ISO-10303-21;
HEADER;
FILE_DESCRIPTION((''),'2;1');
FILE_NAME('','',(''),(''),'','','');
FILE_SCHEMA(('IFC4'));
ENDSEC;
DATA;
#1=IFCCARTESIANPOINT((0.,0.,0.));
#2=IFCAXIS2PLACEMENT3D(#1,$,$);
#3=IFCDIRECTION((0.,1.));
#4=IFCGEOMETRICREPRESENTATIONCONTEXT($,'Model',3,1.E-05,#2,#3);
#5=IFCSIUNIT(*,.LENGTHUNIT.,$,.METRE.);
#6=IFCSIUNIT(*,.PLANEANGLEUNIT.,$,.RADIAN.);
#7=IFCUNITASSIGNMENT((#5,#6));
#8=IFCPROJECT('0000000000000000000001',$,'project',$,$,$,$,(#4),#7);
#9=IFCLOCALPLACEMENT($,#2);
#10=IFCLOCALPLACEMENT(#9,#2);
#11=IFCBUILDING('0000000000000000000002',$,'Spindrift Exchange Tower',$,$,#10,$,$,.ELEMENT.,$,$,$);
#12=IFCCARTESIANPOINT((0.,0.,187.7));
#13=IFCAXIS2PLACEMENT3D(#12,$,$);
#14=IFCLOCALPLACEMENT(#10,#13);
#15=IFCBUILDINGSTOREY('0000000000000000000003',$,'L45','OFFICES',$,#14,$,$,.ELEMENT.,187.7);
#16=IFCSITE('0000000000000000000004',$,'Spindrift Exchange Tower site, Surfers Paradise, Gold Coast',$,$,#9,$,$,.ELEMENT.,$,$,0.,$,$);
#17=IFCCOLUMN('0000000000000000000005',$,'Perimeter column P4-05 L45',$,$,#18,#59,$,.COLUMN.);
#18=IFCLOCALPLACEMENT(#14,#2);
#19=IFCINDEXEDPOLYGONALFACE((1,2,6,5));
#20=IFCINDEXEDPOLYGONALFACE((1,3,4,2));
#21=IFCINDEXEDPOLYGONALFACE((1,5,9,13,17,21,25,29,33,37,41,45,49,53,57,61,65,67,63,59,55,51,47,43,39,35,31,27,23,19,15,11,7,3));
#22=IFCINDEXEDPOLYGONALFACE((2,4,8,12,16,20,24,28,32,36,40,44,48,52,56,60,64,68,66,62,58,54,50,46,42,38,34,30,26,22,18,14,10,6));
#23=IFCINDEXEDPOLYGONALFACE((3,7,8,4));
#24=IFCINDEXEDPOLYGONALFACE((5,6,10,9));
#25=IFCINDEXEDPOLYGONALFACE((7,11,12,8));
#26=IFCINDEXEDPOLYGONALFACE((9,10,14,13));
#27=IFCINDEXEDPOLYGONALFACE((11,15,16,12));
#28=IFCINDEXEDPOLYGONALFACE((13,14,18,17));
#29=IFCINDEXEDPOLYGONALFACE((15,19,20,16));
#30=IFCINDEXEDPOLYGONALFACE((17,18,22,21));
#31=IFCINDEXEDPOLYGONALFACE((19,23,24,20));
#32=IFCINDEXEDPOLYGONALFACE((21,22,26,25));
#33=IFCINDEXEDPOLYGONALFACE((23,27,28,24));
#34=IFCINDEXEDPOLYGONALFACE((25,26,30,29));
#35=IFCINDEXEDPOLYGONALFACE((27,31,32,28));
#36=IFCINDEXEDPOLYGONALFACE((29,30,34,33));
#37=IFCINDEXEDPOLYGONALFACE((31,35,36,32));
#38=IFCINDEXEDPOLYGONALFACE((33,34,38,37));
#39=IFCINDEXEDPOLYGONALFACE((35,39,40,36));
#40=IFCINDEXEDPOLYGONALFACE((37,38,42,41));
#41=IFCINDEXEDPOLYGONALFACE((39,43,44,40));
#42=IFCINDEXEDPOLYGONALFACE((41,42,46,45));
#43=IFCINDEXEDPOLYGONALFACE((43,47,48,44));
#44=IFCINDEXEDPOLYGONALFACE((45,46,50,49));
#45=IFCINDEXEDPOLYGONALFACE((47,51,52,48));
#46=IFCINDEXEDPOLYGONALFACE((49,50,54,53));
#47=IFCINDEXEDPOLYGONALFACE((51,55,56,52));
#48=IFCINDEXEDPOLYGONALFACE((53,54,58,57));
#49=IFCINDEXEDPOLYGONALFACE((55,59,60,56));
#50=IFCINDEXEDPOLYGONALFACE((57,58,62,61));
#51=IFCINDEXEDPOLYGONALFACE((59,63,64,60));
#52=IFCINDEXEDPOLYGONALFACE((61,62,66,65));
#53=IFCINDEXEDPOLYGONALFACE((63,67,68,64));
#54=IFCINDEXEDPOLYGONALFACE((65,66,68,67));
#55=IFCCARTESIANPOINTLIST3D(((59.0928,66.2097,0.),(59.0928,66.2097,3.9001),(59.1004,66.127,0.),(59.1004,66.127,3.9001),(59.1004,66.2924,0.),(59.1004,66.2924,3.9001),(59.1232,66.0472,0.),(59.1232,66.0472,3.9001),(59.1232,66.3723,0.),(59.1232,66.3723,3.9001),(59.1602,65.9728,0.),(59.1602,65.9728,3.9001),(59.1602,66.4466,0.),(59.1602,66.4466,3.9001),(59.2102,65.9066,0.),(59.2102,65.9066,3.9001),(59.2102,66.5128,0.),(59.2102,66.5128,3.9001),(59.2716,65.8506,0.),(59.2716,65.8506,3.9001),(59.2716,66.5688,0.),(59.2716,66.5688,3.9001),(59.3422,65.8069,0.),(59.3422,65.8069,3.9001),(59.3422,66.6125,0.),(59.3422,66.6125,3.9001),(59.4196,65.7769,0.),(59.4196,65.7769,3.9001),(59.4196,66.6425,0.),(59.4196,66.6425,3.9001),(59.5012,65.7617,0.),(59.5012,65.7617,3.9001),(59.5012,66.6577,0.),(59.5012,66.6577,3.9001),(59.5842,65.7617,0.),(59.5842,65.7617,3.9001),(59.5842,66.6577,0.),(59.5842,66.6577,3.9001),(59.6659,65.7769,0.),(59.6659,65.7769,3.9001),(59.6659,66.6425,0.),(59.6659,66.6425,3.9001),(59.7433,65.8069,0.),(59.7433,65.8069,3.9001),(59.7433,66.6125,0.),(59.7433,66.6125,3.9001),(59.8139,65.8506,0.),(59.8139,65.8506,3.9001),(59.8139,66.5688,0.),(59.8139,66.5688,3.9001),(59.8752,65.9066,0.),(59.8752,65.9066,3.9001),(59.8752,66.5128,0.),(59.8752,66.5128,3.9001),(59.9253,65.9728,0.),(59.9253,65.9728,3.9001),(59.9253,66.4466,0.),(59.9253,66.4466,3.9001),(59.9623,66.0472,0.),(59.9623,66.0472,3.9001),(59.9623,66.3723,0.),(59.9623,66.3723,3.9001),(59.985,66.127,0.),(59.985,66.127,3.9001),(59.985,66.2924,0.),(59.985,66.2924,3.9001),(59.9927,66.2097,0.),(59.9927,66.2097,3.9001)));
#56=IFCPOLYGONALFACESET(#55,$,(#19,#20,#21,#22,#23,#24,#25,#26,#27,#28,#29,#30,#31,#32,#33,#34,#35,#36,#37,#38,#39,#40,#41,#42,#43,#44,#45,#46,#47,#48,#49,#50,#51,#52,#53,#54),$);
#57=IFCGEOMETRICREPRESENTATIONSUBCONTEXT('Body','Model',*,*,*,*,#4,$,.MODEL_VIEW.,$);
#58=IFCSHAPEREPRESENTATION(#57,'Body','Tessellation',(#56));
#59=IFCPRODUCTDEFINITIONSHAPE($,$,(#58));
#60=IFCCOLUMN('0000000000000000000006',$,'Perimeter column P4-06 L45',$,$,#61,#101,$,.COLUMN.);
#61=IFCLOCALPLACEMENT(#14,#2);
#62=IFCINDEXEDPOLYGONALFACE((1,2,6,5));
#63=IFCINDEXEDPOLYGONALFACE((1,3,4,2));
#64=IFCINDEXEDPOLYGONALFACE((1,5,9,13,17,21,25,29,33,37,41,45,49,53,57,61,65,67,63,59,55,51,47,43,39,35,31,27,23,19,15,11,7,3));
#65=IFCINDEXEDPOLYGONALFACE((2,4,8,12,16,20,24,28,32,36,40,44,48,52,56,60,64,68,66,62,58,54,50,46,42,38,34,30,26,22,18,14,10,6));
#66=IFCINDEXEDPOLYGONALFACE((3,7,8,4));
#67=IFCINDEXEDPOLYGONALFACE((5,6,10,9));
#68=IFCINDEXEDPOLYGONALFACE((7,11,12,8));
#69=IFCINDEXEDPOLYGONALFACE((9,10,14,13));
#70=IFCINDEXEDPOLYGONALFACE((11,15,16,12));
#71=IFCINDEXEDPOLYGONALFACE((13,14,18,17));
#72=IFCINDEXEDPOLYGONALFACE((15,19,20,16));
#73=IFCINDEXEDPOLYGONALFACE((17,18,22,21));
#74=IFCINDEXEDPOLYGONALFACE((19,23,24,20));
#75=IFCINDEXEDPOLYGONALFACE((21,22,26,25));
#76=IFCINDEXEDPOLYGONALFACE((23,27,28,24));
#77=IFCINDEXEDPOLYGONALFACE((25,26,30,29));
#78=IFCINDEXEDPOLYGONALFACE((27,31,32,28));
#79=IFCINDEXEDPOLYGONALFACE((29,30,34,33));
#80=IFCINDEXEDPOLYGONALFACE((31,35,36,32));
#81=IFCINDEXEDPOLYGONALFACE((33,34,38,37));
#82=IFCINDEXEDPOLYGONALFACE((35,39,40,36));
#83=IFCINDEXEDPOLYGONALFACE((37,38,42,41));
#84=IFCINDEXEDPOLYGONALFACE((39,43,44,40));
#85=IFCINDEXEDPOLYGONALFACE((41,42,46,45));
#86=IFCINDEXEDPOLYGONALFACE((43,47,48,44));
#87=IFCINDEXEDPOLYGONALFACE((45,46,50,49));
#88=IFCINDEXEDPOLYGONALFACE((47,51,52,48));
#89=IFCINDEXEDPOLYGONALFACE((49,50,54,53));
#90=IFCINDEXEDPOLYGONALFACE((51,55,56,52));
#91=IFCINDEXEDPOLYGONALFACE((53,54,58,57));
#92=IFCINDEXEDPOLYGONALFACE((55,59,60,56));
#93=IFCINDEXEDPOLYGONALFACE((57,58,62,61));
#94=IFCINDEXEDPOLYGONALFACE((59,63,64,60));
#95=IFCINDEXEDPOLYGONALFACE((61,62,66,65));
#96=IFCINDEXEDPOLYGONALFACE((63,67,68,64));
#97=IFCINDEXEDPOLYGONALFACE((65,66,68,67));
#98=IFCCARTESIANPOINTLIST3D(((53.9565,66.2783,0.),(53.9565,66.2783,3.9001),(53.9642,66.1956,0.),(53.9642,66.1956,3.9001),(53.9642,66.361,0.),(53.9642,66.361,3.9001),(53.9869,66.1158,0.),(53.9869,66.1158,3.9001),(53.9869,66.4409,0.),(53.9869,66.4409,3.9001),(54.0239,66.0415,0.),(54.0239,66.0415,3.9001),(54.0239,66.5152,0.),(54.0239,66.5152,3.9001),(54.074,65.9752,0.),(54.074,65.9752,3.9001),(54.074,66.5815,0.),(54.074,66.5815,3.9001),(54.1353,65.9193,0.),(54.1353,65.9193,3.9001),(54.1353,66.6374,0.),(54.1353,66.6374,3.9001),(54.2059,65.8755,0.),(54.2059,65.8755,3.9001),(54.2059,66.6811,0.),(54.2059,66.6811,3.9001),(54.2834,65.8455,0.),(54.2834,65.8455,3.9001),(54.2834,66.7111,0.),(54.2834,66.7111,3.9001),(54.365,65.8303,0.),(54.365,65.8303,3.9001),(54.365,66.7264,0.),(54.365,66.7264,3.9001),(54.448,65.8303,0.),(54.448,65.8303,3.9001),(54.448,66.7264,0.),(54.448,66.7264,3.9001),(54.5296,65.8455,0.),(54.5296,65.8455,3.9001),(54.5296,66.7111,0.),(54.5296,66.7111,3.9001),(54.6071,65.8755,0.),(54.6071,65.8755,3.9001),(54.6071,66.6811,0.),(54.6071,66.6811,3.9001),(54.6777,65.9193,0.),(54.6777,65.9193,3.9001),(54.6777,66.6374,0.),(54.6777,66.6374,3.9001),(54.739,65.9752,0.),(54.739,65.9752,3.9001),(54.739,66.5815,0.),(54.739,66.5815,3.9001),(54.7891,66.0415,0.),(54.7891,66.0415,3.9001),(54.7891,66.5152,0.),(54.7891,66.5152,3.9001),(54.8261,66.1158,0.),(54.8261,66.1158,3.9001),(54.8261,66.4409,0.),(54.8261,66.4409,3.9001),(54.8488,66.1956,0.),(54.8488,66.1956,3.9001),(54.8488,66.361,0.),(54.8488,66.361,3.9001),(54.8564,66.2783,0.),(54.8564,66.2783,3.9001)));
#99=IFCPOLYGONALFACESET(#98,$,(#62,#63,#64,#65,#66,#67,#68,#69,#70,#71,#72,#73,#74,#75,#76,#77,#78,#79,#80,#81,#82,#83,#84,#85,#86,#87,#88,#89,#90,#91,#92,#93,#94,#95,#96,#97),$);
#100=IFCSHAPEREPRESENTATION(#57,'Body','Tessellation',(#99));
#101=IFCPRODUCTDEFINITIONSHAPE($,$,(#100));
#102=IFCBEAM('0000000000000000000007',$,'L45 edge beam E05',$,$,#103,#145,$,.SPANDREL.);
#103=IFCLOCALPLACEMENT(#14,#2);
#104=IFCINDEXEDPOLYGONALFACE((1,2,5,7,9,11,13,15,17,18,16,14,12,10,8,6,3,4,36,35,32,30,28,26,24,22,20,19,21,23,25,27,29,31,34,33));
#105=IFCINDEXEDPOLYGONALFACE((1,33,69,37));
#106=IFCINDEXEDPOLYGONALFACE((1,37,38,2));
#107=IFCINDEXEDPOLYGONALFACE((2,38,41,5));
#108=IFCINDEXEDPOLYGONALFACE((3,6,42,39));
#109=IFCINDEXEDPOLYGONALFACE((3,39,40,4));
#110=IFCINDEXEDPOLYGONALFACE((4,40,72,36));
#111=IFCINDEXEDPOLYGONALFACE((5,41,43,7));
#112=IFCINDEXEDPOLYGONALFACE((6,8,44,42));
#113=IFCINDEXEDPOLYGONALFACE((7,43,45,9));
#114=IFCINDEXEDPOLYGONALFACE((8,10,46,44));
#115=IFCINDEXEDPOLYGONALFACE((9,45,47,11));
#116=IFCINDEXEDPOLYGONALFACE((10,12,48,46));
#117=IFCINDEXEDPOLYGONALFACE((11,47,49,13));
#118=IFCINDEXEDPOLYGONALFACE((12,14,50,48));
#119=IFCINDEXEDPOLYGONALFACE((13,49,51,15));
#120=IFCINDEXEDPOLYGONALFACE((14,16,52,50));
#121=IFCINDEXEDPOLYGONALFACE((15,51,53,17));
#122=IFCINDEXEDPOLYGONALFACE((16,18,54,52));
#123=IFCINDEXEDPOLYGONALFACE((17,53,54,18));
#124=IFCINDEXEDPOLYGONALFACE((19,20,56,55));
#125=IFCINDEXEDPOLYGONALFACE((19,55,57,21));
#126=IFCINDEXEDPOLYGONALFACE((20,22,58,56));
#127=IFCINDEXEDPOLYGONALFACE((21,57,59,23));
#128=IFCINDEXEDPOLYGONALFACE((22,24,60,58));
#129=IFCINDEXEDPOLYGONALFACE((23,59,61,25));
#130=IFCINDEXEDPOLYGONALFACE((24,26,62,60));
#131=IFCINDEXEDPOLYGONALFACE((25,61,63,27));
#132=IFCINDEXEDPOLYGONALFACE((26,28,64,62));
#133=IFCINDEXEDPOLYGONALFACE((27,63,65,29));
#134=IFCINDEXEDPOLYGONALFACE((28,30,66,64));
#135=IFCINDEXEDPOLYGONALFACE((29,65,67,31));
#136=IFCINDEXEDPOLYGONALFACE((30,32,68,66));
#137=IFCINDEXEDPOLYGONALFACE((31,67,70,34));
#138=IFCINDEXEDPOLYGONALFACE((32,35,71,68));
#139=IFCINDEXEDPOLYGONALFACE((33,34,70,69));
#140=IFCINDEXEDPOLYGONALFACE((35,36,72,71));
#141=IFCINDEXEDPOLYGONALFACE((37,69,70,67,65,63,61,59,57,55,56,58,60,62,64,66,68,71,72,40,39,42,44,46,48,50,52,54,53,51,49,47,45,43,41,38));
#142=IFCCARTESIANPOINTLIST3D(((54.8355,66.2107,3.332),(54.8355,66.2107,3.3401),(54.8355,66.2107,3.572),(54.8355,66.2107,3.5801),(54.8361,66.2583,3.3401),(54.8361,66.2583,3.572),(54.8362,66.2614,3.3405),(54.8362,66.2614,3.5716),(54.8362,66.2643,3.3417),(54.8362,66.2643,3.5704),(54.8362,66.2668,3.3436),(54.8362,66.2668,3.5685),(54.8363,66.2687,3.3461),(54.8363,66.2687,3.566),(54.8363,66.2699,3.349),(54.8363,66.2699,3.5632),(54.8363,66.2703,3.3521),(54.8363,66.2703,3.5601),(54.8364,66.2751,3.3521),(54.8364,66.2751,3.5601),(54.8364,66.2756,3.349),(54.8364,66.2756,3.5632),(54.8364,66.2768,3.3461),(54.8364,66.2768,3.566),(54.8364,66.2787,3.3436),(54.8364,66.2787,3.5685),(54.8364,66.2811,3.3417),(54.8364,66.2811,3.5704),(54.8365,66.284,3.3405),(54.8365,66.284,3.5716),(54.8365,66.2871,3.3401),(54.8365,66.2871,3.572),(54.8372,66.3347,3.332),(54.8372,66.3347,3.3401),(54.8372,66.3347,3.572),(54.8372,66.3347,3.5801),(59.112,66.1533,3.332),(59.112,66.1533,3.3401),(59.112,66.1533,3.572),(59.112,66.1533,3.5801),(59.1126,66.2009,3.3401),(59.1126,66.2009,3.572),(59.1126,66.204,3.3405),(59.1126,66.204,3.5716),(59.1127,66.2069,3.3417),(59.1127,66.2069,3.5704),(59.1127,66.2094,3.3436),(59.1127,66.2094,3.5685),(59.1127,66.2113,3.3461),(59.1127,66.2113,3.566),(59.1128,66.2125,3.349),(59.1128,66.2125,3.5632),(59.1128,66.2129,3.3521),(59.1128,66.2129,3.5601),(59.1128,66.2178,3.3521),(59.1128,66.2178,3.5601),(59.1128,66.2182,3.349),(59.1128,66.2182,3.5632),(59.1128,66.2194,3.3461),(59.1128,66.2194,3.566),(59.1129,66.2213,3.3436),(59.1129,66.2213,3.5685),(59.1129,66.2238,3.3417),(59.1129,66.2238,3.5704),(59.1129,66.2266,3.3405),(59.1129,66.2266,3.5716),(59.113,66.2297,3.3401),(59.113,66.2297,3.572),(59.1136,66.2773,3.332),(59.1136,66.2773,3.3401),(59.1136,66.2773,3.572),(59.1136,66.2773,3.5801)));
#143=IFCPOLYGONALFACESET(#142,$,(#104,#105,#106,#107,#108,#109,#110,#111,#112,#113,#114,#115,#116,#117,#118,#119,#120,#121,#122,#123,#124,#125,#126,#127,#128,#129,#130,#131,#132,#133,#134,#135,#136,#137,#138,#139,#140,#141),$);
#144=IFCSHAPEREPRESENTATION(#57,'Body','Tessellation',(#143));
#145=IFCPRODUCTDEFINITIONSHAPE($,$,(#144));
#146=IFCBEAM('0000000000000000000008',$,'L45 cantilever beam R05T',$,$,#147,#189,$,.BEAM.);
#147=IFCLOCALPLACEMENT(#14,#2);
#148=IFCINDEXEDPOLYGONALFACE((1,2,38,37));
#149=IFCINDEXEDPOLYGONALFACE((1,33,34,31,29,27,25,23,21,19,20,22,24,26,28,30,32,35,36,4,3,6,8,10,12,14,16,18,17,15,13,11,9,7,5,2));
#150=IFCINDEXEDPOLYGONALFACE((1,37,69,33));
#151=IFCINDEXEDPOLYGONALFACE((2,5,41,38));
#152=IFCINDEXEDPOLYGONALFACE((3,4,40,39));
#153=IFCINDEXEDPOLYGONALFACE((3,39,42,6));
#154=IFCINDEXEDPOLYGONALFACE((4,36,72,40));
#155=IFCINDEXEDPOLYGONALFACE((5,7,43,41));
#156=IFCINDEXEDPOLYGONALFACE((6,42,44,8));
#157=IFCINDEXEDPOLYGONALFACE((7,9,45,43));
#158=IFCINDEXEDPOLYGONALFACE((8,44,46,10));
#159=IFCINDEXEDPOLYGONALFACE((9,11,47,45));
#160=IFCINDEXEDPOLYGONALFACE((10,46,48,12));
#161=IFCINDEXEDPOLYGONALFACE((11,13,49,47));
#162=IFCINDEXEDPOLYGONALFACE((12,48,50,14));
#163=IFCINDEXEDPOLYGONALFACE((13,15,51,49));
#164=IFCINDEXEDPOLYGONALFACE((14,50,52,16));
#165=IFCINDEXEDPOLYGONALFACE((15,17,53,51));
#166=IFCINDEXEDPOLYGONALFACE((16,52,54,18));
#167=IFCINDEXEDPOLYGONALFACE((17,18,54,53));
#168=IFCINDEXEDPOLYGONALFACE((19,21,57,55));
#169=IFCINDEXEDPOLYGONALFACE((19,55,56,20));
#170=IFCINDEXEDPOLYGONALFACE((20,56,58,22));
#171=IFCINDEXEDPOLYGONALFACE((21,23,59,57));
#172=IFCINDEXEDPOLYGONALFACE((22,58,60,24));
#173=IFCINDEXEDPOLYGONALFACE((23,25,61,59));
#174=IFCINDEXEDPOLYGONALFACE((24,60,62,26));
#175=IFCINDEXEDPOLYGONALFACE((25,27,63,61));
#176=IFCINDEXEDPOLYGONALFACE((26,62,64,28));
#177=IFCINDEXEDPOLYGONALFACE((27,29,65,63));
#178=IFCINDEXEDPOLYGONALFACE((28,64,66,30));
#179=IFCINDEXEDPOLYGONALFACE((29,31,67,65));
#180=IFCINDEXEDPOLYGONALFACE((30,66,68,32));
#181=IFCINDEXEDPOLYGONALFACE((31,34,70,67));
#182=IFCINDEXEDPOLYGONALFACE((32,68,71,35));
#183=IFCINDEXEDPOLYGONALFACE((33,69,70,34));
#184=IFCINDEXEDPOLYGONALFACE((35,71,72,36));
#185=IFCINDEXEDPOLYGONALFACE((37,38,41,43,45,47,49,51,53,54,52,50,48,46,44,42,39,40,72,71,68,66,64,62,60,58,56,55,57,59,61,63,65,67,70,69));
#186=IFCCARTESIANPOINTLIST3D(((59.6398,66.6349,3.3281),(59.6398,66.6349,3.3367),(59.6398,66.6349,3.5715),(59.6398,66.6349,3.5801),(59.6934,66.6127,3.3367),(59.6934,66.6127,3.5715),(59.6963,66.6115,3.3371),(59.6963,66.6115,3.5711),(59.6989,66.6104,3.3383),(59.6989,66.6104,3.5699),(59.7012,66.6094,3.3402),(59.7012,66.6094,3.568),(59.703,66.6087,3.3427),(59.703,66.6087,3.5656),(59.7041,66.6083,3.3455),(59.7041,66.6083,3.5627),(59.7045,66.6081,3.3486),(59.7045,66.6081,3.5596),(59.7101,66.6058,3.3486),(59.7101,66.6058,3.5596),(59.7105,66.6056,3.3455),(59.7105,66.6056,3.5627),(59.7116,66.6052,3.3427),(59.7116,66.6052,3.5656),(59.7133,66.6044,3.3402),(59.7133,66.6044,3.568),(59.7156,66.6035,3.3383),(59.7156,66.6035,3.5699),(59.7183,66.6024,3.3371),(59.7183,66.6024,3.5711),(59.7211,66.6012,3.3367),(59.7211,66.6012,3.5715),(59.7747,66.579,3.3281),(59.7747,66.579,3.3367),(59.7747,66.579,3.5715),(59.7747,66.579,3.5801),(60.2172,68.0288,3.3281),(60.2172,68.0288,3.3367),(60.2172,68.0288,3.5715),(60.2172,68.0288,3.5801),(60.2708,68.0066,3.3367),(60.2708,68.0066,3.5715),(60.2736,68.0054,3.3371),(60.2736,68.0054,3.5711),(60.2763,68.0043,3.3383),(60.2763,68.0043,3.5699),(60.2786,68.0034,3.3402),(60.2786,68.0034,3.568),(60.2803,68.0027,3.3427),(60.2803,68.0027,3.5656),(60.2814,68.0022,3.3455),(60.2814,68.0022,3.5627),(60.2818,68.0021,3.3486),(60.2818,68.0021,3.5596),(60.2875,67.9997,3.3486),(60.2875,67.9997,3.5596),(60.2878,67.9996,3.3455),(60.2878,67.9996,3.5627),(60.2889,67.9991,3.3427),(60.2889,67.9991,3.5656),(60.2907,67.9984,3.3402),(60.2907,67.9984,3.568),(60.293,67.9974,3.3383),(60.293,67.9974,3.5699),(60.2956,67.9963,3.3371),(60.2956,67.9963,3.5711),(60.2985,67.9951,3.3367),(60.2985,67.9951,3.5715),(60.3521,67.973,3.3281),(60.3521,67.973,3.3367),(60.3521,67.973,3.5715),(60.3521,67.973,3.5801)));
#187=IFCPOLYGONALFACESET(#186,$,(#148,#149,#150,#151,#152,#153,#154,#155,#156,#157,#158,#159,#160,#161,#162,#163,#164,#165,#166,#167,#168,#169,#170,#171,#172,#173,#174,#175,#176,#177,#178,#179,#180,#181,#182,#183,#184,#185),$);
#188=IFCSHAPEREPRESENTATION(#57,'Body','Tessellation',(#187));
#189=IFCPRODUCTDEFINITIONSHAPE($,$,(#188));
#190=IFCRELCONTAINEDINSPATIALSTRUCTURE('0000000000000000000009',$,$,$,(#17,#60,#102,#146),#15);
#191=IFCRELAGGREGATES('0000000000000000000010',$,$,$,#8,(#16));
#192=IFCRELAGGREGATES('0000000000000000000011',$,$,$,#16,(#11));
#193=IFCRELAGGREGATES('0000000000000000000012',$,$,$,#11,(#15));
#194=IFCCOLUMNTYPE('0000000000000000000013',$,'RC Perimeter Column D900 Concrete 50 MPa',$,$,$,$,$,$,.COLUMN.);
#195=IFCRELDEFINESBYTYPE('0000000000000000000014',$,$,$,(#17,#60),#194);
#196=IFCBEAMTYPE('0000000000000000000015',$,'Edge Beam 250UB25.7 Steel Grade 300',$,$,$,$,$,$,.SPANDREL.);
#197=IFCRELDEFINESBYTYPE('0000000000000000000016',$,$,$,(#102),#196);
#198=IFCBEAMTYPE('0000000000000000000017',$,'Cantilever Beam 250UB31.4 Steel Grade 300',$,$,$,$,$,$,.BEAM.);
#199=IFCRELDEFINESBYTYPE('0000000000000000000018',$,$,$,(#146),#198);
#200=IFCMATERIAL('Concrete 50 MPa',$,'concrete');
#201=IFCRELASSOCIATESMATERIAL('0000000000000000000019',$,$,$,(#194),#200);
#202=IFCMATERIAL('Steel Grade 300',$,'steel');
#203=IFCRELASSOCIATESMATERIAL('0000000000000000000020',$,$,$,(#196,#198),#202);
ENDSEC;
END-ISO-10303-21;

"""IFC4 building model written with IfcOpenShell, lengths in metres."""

from ifc_helpers import new_model, si_unit, direction, frame, origin, origin_2d, place, context, subcontext, project, spatial, circle, i_section, extrude, source, transform, mapped, material, material_profile, profile_set, type_object, element, save


model = new_model("IFC4")

# Units and contexts
model_context = context("Model", 3, precision=1e-05, world=origin(), true_north=direction((0.0, 1.0)))
body_context = subcontext(model_context, "Body", "Model", "MODEL_VIEW")
ifc_project = project(units=[si_unit("LENGTHUNIT", "METRE"), si_unit("PLANEANGLEUNIT", "RADIAN")], contexts=[model_context])

# Site, building, storey
site_placement = place(None, origin())
site = spatial("IfcSite", under=ifc_project, at=site_placement, Name="Spindrift Exchange Tower site, Surfers Paradise, Gold Coast", CompositionType="ELEMENT", RefElevation=0.0)
building_placement = place(site_placement, origin())
building = spatial("IfcBuilding", under=site, at=building_placement, Name="Spindrift Exchange Tower", CompositionType="ELEMENT")
storey_placement = place(building_placement, frame((0.0, 0.0, 187.7)))
storey = spatial("IfcBuildingStorey", under=building, at=storey_placement, Name="L45", Description="OFFICES", CompositionType="ELEMENT", Elevation=187.7)

# Columns
ifc_material_1 = material(Name="Concrete 50 MPa", Category="concrete")
ifc_material_profile_1 = material_profile(ifc_material_1, circle(Radius=0.45, at=origin_2d()), Name="RC D900")
ifc_profile_set_1 = profile_set([ifc_material_profile_1], Name="Concrete 50 MPa")
column_type = type_object("IfcColumnType", Name="RC Perimeter Column D900 Concrete 50 MPa", PredefinedType="COLUMN", material=ifc_profile_set_1)
shared_shape_1 = source(origin(), body_context, "Body", "SweptSolid", [
    extrude(circle(Radius=0.45, at=origin_2d()), origin(), (0.0, 0.0, 1.0), 3.9001),
])
for number, where, z_axis, x_axis, name in (
    (1, (59.5427, 66.2097, 0.0), (0.0, 0.0, 1.0), (1.0, 0.0, 0.0), "Perimeter column P4-05 L45"),
    (2, (54.4065, 66.2783, 0.0), (0.0, 0.0, 1.0), (1.0, 0.0, 0.0), "Perimeter column P4-06 L45"),
):
    element("IfcColumn", number, at=place(storey_placement, frame(where, z_axis=z_axis, x_axis=x_axis)), inside=storey, type_object=column_type, Name=name, PredefinedType="COLUMN", context=body_context, shape_type="MappedRepresentation", body=[
        mapped(shared_shape_1, transform((0.0, 0.0, 0.0), scale=1.0)),
    ])

# Beams
ifc_material_2 = material(Name="Steel Grade 300", Category="steel")
ifc_material_profile_2 = material_profile(ifc_material_2, i_section(OverallWidth=0.124, OverallDepth=0.248, WebThickness=0.0049, FlangeThickness=0.0081, FilletRadius=0.012, at=origin_2d()), Name="250UB25.7")
ifc_profile_set_2 = profile_set([ifc_material_profile_2], Name="Steel Grade 300")
beam_type_1 = type_object("IfcBeamType", Name="Edge Beam 250UB25.7 Steel Grade 300", PredefinedType="SPANDREL", material=ifc_profile_set_2)
shared_shape_2 = source(origin(), body_context, "Body", "SweptSolid", [
    extrude(i_section(OverallWidth=0.124, OverallDepth=0.248, WebThickness=0.0049, FlangeThickness=0.0081, FilletRadius=0.012, at=origin_2d()), origin(), (0.0, 0.0, 1.0), 4.2769),
])
beam_1_placement = place(storey_placement, frame((59.1128, 66.2153, 3.4561), z_axis=(-0.99991, 0.013415, 0.0), x_axis=(-0.013415, -0.99991, 0.0)))
element("IfcBeam", 3, at=beam_1_placement, inside=storey, type_object=beam_type_1, Name="L45 edge beam E05", PredefinedType="SPANDREL", context=body_context, shape_type="MappedRepresentation", body=[
    mapped(shared_shape_2, transform((0.0, 0.0, 0.0), scale=1.0)),
])
ifc_material_profile_3 = material_profile(ifc_material_2, i_section(OverallWidth=0.146, OverallDepth=0.252, WebThickness=0.0061, FlangeThickness=0.0085, FilletRadius=0.012, at=origin_2d()), Name="250UB31.4")
ifc_profile_set_3 = profile_set([ifc_material_profile_3], Name="Steel Grade 300")
beam_type_2 = type_object("IfcBeamType", Name="Cantilever Beam 250UB31.4 Steel Grade 300", PredefinedType="BEAM", material=ifc_profile_set_3)
shared_shape_3 = source(origin(), body_context, "Body", "SweptSolid", [
    extrude(i_section(OverallWidth=0.146, OverallDepth=0.252, WebThickness=0.0061, FlangeThickness=0.0085, FilletRadius=0.012, at=origin_2d()), origin(), (0.0, 0.0, 1.0), 1.5088),
])
beam_2_placement = place(storey_placement, frame((59.7073, 66.6069, 3.4541), z_axis=(0.382661, 0.923889, 0.0), x_axis=(-0.923889, 0.382661, 0.0)))
element("IfcBeam", 4, at=beam_2_placement, inside=storey, type_object=beam_type_2, Name="L45 cantilever beam R05T", PredefinedType="BEAM", context=body_context, shape_type="MappedRepresentation", body=[
    mapped(shared_shape_3, transform((0.0, 0.0, 0.0), scale=1.0)),
])

save(model, "model.ifc")
